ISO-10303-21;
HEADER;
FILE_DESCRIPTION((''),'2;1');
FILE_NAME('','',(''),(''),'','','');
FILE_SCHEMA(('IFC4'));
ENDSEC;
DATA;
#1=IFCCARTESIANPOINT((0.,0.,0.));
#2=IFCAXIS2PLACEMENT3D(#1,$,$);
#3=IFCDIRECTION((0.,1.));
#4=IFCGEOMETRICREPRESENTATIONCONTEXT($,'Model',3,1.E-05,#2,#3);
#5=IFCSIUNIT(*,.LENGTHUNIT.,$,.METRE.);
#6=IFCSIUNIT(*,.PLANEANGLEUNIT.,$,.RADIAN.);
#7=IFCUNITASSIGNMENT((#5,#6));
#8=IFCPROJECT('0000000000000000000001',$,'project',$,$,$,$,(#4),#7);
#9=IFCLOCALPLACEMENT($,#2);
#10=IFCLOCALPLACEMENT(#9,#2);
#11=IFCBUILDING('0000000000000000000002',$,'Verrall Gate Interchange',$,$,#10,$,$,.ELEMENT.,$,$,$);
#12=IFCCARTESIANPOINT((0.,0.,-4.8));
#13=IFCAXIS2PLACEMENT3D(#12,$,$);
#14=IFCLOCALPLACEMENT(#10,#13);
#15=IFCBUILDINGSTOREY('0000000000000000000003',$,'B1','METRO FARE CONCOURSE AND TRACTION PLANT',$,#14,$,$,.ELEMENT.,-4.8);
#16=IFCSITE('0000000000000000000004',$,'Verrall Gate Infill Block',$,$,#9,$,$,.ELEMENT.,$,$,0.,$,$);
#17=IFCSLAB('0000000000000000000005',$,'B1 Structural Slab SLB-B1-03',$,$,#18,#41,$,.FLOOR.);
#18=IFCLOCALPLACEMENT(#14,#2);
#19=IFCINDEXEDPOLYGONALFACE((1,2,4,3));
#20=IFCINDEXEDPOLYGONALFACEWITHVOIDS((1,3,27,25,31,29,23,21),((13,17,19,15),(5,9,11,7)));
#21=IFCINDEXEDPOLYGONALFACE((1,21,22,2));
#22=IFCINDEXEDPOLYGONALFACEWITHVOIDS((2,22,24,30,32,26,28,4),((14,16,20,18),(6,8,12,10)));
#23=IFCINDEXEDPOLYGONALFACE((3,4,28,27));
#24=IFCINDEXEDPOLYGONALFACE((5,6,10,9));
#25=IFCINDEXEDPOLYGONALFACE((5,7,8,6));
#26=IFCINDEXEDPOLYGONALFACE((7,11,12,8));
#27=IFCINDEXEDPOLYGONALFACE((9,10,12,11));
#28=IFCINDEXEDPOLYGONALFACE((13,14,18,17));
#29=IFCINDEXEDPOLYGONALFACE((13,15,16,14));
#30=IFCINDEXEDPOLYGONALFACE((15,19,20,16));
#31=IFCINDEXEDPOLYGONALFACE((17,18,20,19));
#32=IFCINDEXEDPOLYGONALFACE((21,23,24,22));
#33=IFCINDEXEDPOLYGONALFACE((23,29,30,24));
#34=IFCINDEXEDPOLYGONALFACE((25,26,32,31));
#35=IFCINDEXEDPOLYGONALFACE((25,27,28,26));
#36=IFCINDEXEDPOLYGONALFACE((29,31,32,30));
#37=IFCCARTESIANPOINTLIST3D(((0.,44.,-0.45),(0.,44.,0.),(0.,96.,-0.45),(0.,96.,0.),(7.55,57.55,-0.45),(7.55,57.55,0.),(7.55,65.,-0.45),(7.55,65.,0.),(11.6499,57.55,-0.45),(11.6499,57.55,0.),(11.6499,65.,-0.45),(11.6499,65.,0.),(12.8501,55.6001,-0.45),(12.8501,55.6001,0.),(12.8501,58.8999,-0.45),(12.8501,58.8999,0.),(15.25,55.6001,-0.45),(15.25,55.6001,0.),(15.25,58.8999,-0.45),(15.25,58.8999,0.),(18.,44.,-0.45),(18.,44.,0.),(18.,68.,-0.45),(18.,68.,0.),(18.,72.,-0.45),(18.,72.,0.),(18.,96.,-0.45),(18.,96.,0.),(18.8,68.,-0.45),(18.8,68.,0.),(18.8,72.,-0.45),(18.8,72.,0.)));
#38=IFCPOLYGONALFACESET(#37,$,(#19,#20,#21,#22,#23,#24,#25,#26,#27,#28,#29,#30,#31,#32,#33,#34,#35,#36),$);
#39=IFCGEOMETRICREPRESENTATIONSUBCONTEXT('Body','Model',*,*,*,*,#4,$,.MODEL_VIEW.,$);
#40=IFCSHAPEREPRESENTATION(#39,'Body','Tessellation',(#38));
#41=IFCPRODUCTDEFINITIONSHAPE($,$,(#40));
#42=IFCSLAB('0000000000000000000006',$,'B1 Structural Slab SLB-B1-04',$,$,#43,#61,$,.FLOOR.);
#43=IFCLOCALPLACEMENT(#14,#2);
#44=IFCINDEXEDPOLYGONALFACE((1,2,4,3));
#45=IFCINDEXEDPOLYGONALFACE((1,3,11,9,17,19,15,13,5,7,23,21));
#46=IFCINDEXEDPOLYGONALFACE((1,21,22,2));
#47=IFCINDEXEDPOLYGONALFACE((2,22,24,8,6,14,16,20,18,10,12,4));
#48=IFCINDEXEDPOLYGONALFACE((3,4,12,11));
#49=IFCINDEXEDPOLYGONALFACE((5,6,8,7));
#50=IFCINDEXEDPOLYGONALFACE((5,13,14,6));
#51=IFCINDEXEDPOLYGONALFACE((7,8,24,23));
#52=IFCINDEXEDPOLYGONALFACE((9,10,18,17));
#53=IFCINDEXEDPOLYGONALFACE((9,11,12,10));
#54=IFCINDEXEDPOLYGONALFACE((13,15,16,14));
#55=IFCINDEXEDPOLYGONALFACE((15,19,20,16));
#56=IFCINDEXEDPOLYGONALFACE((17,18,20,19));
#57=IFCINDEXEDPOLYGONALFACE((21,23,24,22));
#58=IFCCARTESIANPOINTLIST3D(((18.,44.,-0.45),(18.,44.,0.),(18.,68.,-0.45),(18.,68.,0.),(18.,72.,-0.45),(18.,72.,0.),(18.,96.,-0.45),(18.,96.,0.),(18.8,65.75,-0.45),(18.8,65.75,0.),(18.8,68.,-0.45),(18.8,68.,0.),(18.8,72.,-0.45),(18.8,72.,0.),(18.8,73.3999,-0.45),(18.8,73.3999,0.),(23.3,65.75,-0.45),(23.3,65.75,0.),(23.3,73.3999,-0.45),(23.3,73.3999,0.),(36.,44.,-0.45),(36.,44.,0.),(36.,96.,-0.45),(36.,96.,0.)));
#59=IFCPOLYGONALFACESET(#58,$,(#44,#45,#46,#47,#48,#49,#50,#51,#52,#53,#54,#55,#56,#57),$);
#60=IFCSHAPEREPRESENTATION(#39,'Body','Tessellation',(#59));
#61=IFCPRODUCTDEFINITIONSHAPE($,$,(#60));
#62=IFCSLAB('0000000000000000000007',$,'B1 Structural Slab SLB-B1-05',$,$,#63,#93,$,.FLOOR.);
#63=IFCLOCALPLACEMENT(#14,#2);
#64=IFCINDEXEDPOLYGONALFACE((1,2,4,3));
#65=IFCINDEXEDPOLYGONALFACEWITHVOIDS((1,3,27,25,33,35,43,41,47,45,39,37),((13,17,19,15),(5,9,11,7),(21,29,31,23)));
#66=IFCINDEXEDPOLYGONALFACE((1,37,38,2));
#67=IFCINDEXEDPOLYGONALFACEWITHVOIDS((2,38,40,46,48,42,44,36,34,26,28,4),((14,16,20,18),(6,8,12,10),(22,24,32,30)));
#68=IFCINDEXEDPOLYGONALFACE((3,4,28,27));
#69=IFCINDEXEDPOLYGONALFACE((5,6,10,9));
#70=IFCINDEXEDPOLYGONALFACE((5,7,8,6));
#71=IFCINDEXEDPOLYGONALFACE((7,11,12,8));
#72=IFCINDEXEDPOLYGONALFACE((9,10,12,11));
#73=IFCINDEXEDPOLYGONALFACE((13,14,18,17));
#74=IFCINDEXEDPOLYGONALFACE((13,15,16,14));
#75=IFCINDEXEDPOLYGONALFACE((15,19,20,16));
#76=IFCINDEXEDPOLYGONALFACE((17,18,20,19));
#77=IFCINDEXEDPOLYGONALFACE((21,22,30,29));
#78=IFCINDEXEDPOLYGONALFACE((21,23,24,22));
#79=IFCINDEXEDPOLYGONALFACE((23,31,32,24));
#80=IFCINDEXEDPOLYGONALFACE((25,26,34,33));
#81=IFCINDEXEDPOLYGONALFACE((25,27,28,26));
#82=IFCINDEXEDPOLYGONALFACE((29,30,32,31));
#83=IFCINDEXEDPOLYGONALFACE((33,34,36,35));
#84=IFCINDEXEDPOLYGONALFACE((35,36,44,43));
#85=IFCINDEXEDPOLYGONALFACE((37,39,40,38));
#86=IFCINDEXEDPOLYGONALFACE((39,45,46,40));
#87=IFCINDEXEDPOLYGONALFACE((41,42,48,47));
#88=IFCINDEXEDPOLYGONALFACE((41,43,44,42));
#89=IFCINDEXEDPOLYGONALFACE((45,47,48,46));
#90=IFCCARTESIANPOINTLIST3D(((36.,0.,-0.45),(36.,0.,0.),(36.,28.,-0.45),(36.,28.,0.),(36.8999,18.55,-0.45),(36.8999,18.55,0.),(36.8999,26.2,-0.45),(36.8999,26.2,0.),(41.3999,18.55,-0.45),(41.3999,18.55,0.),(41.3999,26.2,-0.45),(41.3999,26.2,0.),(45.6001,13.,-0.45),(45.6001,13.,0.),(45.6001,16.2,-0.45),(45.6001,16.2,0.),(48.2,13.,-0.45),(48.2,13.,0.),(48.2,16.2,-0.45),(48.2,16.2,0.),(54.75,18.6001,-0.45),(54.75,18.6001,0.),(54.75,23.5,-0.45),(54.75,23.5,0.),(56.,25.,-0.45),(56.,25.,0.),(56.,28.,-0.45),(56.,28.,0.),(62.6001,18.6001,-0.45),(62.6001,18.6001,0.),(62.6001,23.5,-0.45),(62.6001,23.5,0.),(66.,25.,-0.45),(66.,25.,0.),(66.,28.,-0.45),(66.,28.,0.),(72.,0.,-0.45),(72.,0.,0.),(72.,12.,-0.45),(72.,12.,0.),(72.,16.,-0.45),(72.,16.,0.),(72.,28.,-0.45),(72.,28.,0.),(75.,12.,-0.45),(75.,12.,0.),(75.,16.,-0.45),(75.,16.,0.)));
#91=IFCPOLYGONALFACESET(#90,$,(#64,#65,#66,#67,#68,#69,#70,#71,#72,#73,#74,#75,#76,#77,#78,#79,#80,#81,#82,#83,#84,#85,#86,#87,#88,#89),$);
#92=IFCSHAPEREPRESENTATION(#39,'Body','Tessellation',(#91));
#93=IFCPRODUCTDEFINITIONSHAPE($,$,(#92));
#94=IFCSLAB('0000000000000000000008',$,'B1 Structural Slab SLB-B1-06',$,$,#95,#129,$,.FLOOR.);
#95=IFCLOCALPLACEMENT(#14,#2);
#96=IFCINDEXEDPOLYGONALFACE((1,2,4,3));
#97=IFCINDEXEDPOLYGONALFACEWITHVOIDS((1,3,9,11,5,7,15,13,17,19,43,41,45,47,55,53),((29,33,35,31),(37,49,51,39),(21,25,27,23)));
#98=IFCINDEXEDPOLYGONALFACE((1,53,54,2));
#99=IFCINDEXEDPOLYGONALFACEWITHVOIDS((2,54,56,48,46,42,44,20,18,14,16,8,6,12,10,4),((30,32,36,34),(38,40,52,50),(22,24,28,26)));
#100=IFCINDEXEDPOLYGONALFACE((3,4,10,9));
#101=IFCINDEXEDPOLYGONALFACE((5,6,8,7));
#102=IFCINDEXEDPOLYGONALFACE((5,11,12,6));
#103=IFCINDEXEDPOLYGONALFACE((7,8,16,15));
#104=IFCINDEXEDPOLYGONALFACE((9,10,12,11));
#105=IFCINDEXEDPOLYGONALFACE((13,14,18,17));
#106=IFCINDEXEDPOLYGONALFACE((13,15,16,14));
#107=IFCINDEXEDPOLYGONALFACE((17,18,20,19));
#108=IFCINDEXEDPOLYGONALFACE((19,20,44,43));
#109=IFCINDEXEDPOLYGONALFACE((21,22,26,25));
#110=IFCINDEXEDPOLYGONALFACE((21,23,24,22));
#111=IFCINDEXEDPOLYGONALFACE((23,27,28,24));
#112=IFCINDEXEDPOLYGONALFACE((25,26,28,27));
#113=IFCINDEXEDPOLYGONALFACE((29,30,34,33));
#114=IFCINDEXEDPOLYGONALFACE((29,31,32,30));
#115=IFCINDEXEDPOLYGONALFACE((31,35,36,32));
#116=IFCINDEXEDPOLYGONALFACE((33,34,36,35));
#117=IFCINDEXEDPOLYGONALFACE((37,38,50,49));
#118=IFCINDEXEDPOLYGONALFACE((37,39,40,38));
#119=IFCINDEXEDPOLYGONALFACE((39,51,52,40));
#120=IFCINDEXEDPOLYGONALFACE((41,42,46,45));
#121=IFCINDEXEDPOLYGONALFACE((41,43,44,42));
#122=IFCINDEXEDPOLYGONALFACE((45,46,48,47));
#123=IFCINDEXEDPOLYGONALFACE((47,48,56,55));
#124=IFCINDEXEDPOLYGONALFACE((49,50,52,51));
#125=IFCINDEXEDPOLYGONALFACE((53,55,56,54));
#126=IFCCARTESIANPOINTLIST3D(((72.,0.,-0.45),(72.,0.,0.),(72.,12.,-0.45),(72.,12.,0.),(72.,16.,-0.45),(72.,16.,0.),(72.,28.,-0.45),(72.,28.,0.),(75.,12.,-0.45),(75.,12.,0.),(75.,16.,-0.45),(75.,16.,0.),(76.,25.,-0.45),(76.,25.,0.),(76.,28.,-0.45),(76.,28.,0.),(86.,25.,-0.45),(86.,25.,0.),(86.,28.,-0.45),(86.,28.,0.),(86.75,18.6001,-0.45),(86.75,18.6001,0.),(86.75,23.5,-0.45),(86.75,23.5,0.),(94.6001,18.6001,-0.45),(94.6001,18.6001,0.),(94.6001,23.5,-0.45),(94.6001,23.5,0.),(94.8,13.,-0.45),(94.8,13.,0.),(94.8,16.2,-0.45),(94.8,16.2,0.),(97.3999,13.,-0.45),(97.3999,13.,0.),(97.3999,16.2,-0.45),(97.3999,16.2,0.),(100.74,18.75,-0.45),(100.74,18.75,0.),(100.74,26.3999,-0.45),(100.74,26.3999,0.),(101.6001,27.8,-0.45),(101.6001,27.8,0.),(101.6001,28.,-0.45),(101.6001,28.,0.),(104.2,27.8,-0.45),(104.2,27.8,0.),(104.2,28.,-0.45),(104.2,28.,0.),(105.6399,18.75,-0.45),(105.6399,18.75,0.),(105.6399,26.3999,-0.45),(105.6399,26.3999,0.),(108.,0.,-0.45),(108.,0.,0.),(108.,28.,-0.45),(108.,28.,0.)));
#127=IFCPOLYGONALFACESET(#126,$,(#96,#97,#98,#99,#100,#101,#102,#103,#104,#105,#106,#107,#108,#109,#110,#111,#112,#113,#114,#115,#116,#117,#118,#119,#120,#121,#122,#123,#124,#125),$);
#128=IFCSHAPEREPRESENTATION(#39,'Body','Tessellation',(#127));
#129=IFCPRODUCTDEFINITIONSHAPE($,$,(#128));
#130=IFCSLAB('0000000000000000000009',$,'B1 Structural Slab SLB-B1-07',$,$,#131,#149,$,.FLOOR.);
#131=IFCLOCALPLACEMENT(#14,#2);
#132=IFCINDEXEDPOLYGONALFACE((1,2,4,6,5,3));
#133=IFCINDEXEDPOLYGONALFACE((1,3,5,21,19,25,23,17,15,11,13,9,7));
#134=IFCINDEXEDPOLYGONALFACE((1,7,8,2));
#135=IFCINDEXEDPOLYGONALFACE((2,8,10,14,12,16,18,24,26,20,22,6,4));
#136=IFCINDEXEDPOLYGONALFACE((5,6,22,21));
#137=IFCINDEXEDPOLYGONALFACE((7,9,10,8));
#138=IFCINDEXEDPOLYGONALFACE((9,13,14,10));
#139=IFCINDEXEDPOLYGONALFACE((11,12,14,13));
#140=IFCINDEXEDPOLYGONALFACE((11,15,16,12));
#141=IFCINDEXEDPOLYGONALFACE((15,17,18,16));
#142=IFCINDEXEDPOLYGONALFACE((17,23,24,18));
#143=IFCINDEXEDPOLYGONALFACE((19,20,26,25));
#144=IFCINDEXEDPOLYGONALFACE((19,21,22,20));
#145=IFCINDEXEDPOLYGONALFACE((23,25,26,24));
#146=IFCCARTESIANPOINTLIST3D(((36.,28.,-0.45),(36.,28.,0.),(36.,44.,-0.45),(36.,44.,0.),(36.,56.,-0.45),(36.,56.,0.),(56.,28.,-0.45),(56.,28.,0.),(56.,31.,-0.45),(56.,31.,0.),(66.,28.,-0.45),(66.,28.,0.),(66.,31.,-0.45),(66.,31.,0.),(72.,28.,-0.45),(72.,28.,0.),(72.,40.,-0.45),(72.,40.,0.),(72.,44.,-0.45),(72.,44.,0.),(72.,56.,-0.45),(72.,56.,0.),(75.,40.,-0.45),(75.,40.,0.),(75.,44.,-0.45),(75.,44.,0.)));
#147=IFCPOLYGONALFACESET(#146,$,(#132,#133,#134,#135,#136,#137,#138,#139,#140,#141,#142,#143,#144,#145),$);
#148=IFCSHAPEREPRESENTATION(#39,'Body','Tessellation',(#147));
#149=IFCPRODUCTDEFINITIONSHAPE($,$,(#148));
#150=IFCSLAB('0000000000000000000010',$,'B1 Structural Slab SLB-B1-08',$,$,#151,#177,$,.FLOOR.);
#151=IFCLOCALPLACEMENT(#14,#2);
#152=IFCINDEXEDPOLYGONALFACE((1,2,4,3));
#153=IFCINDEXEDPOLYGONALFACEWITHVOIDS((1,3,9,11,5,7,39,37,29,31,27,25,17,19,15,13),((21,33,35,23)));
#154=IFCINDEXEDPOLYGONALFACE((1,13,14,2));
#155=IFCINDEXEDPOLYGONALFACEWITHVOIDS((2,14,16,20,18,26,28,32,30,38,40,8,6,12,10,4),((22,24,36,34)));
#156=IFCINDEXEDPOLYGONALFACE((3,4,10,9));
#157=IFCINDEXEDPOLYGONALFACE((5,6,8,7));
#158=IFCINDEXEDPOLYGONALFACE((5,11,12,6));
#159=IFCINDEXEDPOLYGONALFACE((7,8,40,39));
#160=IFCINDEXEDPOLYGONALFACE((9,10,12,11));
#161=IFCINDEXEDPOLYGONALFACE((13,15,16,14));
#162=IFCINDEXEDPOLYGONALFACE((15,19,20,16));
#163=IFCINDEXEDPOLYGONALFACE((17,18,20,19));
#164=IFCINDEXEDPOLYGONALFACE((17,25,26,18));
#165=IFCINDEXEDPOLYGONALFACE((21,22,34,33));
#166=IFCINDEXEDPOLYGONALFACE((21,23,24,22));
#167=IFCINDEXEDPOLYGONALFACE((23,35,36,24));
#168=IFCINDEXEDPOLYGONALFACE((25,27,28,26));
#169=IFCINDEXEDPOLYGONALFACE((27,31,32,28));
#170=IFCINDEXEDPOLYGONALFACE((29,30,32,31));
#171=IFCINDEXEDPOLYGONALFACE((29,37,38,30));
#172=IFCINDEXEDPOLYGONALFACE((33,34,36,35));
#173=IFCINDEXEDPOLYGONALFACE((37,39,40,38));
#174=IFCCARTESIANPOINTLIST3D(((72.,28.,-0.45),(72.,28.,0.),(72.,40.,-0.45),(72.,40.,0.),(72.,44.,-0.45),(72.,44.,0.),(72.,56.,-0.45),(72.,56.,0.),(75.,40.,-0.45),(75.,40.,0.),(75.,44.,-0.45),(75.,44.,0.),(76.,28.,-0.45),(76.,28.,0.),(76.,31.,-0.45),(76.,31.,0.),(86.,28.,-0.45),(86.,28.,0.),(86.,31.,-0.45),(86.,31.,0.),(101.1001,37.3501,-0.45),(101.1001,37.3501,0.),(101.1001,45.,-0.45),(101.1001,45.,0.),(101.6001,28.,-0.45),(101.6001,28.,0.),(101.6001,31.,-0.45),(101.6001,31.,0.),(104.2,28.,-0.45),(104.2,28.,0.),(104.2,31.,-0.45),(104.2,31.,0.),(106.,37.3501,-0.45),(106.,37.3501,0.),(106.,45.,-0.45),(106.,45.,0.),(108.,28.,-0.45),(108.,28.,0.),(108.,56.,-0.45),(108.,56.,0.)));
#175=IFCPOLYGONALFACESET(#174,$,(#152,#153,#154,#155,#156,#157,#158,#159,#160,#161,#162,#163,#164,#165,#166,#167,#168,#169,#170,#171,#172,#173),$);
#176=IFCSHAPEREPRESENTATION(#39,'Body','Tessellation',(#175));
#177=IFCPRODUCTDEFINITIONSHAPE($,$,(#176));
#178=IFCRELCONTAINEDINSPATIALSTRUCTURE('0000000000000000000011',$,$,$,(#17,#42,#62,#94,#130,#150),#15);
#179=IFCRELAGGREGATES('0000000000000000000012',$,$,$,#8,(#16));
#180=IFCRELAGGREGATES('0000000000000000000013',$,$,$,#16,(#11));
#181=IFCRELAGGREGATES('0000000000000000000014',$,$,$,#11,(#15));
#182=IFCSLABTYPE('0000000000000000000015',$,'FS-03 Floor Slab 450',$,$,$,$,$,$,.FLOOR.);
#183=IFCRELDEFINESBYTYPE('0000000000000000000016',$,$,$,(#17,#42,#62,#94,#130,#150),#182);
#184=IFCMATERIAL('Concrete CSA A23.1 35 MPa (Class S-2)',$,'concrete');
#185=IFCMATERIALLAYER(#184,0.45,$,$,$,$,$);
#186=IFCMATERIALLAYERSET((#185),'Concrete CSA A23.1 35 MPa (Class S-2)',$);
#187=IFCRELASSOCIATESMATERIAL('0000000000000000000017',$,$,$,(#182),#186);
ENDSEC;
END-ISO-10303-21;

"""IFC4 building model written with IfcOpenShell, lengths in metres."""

from ifc_helpers import new_model, si_unit, direction, frame, origin, place, context, subcontext, project, spatial, polyline, outline, extrude, material, layer, layer_set, type_object, element, save


model = new_model("IFC4")

# Units and contexts
model_context = context("Model", 3, precision=1e-05, world=origin(), true_north=direction((0.0, 1.0)))
body_context = subcontext(model_context, "Body", "Model", "MODEL_VIEW")
ifc_project = project(units=[si_unit("LENGTHUNIT", "METRE"), si_unit("PLANEANGLEUNIT", "RADIAN")], contexts=[model_context])

# Site, building, storey
site_placement = place(None, origin())
site = spatial("IfcSite", under=ifc_project, at=site_placement, Name="Verrall Gate Infill Block", CompositionType="ELEMENT", RefElevation=0.0)
building_placement = place(site_placement, origin())
building = spatial("IfcBuilding", under=site, at=building_placement, Name="Verrall Gate Interchange", CompositionType="ELEMENT")
storey_placement = place(building_placement, frame((0.0, 0.0, -4.8)))
storey = spatial("IfcBuildingStorey", under=building, at=storey_placement, Name="B1", Description="METRO FARE CONCOURSE AND TRACTION PLANT", CompositionType="ELEMENT", Elevation=-4.8)

# Slabs
ifc_material_1 = material(Name="Concrete CSA A23.1 35 MPa (Class S-2)", Category="concrete")
ifc_layer_1 = layer(ifc_material_1, 0.45)
ifc_layer_set_1 = layer_set([ifc_layer_1], Name="Concrete CSA A23.1 35 MPa (Class S-2)")
slab_type_1 = type_object("IfcSlabType", Name="FS-03 Floor Slab 450", PredefinedType="FLOOR", material=ifc_layer_set_1)
slab_1_placement = place(storey_placement, frame((0.0, 0.0, -0.45)))
element("IfcSlab", 1, at=slab_1_placement, inside=storey, type_object=slab_type_1, Name="B1 Structural Slab SLB-B1-03", PredefinedType="FLOOR", context=body_context, shape_type="SweptSolid", body=[
    extrude(outline(polyline([(0.0, 96.0), (18.0, 96.0), (18.0, 72.0), (18.8, 72.0), (18.8, 68.0), (18.0, 68.0), (18.0, 44.0), (0.0, 44.0), (0.0, 96.0)]), holes=[polyline([(15.25, 58.8999), (12.8501, 58.8999), (12.8501, 55.6001), (15.25, 55.6001), (15.25, 58.8999)]), polyline([(11.6499, 65.0), (7.55, 65.0), (7.55, 57.55), (11.6499, 57.55), (11.6499, 65.0)])]), origin(), (0.0, 0.0, 1.0), 0.45),
])
slab_2_placement = place(storey_placement, frame((0.0, 0.0, -0.45)))
element("IfcSlab", 2, at=slab_2_placement, inside=storey, type_object=slab_type_1, Name="B1 Structural Slab SLB-B1-04", PredefinedType="FLOOR", context=body_context, shape_type="SweptSolid", body=[
    extrude(outline(polyline([(36.0, 44.0), (18.0, 44.0), (18.0, 68.0), (18.8, 68.0), (18.8, 65.75), (23.3, 65.75), (23.3, 73.3999), (18.8, 73.3999), (18.8, 72.0), (18.0, 72.0), (18.0, 96.0), (36.0, 96.0), (36.0, 44.0)])), origin(), (0.0, 0.0, 1.0), 0.45),
])
slab_3_placement = place(storey_placement, frame((0.0, 0.0, -0.45)))
element("IfcSlab", 3, at=slab_3_placement, inside=storey, type_object=slab_type_1, Name="B1 Structural Slab SLB-B1-05", PredefinedType="FLOOR", context=body_context, shape_type="SweptSolid", body=[
    extrude(outline(polyline([(36.0, 28.0), (56.0, 28.0), (56.0, 25.0), (66.0, 25.0), (66.0, 28.0), (72.0, 28.0), (72.0, 16.0), (75.0, 16.0), (75.0, 12.0), (72.0, 12.0), (72.0, 0.0), (36.0, 0.0), (36.0, 28.0)]), holes=[polyline([(54.75, 23.5), (54.75, 18.6001), (62.6001, 18.6001), (62.6001, 23.5), (54.75, 23.5)]), polyline([(45.6001, 16.2), (45.6001, 13.0), (48.2, 13.0), (48.2, 16.2), (45.6001, 16.2)]), polyline([(41.3999, 26.2), (36.8999, 26.2), (36.8999, 18.55), (41.3999, 18.55), (41.3999, 26.2)])]), origin(), (0.0, 0.0, 1.0), 0.45),
])
slab_4_placement = place(storey_placement, frame((0.0, 0.0, -0.45)))
element("IfcSlab", 4, at=slab_4_placement, inside=storey, type_object=slab_type_1, Name="B1 Structural Slab SLB-B1-06", PredefinedType="FLOOR", context=body_context, shape_type="SweptSolid", body=[
    extrude(outline(polyline([(76.0, 25.0), (86.0, 25.0), (86.0, 28.0), (101.6001, 28.0), (101.6001, 27.8), (104.2, 27.8), (104.2, 28.0), (108.0, 28.0), (108.0, 0.0), (72.0, 0.0), (72.0, 12.0), (75.0, 12.0), (75.0, 16.0), (72.0, 16.0), (72.0, 28.0), (76.0, 28.0), (76.0, 25.0)]), holes=[polyline([(105.6399, 26.3999), (100.74, 26.3999), (100.74, 18.75), (105.6399, 18.75), (105.6399, 26.3999)]), polyline([(94.8, 16.2), (94.8, 13.0), (97.3999, 13.0), (97.3999, 16.2), (94.8, 16.2)]), polyline([(94.6001, 23.5), (86.75, 23.5), (86.75, 18.6001), (94.6001, 18.6001), (94.6001, 23.5)])]), origin(), (0.0, 0.0, 1.0), 0.45),
])
slab_5_placement = place(storey_placement, frame((0.0, 0.0, -0.45)))
element("IfcSlab", 5, at=slab_5_placement, inside=storey, type_object=slab_type_1, Name="B1 Structural Slab SLB-B1-07", PredefinedType="FLOOR", context=body_context, shape_type="SweptSolid", body=[
    extrude(outline(polyline([(66.0, 31.0), (56.0, 31.0), (56.0, 28.0), (36.0, 28.0), (36.0, 44.0), (36.0, 56.0), (72.0, 56.0), (72.0, 44.0), (75.0, 44.0), (75.0, 40.0), (72.0, 40.0), (72.0, 28.0), (66.0, 28.0), (66.0, 31.0)])), origin(), (0.0, 0.0, 1.0), 0.45),
])
slab_6_placement = place(storey_placement, frame((0.0, 0.0, -0.45)))
element("IfcSlab", 6, at=slab_6_placement, inside=storey, type_object=slab_type_1, Name="B1 Structural Slab SLB-B1-08", PredefinedType="FLOOR", context=body_context, shape_type="SweptSolid", body=[
    extrude(outline(polyline([(108.0, 28.0), (104.2, 28.0), (104.2, 31.0), (101.6001, 31.0), (101.6001, 28.0), (86.0, 28.0), (86.0, 31.0), (76.0, 31.0), (76.0, 28.0), (72.0, 28.0), (72.0, 40.0), (75.0, 40.0), (75.0, 44.0), (72.0, 44.0), (72.0, 56.0), (108.0, 56.0), (108.0, 28.0)]), holes=[polyline([(106.0, 45.0), (101.1001, 45.0), (101.1001, 37.3501), (106.0, 37.3501), (106.0, 45.0)])]), origin(), (0.0, 0.0, 1.0), 0.45),
])

save(model, "model.ifc")
